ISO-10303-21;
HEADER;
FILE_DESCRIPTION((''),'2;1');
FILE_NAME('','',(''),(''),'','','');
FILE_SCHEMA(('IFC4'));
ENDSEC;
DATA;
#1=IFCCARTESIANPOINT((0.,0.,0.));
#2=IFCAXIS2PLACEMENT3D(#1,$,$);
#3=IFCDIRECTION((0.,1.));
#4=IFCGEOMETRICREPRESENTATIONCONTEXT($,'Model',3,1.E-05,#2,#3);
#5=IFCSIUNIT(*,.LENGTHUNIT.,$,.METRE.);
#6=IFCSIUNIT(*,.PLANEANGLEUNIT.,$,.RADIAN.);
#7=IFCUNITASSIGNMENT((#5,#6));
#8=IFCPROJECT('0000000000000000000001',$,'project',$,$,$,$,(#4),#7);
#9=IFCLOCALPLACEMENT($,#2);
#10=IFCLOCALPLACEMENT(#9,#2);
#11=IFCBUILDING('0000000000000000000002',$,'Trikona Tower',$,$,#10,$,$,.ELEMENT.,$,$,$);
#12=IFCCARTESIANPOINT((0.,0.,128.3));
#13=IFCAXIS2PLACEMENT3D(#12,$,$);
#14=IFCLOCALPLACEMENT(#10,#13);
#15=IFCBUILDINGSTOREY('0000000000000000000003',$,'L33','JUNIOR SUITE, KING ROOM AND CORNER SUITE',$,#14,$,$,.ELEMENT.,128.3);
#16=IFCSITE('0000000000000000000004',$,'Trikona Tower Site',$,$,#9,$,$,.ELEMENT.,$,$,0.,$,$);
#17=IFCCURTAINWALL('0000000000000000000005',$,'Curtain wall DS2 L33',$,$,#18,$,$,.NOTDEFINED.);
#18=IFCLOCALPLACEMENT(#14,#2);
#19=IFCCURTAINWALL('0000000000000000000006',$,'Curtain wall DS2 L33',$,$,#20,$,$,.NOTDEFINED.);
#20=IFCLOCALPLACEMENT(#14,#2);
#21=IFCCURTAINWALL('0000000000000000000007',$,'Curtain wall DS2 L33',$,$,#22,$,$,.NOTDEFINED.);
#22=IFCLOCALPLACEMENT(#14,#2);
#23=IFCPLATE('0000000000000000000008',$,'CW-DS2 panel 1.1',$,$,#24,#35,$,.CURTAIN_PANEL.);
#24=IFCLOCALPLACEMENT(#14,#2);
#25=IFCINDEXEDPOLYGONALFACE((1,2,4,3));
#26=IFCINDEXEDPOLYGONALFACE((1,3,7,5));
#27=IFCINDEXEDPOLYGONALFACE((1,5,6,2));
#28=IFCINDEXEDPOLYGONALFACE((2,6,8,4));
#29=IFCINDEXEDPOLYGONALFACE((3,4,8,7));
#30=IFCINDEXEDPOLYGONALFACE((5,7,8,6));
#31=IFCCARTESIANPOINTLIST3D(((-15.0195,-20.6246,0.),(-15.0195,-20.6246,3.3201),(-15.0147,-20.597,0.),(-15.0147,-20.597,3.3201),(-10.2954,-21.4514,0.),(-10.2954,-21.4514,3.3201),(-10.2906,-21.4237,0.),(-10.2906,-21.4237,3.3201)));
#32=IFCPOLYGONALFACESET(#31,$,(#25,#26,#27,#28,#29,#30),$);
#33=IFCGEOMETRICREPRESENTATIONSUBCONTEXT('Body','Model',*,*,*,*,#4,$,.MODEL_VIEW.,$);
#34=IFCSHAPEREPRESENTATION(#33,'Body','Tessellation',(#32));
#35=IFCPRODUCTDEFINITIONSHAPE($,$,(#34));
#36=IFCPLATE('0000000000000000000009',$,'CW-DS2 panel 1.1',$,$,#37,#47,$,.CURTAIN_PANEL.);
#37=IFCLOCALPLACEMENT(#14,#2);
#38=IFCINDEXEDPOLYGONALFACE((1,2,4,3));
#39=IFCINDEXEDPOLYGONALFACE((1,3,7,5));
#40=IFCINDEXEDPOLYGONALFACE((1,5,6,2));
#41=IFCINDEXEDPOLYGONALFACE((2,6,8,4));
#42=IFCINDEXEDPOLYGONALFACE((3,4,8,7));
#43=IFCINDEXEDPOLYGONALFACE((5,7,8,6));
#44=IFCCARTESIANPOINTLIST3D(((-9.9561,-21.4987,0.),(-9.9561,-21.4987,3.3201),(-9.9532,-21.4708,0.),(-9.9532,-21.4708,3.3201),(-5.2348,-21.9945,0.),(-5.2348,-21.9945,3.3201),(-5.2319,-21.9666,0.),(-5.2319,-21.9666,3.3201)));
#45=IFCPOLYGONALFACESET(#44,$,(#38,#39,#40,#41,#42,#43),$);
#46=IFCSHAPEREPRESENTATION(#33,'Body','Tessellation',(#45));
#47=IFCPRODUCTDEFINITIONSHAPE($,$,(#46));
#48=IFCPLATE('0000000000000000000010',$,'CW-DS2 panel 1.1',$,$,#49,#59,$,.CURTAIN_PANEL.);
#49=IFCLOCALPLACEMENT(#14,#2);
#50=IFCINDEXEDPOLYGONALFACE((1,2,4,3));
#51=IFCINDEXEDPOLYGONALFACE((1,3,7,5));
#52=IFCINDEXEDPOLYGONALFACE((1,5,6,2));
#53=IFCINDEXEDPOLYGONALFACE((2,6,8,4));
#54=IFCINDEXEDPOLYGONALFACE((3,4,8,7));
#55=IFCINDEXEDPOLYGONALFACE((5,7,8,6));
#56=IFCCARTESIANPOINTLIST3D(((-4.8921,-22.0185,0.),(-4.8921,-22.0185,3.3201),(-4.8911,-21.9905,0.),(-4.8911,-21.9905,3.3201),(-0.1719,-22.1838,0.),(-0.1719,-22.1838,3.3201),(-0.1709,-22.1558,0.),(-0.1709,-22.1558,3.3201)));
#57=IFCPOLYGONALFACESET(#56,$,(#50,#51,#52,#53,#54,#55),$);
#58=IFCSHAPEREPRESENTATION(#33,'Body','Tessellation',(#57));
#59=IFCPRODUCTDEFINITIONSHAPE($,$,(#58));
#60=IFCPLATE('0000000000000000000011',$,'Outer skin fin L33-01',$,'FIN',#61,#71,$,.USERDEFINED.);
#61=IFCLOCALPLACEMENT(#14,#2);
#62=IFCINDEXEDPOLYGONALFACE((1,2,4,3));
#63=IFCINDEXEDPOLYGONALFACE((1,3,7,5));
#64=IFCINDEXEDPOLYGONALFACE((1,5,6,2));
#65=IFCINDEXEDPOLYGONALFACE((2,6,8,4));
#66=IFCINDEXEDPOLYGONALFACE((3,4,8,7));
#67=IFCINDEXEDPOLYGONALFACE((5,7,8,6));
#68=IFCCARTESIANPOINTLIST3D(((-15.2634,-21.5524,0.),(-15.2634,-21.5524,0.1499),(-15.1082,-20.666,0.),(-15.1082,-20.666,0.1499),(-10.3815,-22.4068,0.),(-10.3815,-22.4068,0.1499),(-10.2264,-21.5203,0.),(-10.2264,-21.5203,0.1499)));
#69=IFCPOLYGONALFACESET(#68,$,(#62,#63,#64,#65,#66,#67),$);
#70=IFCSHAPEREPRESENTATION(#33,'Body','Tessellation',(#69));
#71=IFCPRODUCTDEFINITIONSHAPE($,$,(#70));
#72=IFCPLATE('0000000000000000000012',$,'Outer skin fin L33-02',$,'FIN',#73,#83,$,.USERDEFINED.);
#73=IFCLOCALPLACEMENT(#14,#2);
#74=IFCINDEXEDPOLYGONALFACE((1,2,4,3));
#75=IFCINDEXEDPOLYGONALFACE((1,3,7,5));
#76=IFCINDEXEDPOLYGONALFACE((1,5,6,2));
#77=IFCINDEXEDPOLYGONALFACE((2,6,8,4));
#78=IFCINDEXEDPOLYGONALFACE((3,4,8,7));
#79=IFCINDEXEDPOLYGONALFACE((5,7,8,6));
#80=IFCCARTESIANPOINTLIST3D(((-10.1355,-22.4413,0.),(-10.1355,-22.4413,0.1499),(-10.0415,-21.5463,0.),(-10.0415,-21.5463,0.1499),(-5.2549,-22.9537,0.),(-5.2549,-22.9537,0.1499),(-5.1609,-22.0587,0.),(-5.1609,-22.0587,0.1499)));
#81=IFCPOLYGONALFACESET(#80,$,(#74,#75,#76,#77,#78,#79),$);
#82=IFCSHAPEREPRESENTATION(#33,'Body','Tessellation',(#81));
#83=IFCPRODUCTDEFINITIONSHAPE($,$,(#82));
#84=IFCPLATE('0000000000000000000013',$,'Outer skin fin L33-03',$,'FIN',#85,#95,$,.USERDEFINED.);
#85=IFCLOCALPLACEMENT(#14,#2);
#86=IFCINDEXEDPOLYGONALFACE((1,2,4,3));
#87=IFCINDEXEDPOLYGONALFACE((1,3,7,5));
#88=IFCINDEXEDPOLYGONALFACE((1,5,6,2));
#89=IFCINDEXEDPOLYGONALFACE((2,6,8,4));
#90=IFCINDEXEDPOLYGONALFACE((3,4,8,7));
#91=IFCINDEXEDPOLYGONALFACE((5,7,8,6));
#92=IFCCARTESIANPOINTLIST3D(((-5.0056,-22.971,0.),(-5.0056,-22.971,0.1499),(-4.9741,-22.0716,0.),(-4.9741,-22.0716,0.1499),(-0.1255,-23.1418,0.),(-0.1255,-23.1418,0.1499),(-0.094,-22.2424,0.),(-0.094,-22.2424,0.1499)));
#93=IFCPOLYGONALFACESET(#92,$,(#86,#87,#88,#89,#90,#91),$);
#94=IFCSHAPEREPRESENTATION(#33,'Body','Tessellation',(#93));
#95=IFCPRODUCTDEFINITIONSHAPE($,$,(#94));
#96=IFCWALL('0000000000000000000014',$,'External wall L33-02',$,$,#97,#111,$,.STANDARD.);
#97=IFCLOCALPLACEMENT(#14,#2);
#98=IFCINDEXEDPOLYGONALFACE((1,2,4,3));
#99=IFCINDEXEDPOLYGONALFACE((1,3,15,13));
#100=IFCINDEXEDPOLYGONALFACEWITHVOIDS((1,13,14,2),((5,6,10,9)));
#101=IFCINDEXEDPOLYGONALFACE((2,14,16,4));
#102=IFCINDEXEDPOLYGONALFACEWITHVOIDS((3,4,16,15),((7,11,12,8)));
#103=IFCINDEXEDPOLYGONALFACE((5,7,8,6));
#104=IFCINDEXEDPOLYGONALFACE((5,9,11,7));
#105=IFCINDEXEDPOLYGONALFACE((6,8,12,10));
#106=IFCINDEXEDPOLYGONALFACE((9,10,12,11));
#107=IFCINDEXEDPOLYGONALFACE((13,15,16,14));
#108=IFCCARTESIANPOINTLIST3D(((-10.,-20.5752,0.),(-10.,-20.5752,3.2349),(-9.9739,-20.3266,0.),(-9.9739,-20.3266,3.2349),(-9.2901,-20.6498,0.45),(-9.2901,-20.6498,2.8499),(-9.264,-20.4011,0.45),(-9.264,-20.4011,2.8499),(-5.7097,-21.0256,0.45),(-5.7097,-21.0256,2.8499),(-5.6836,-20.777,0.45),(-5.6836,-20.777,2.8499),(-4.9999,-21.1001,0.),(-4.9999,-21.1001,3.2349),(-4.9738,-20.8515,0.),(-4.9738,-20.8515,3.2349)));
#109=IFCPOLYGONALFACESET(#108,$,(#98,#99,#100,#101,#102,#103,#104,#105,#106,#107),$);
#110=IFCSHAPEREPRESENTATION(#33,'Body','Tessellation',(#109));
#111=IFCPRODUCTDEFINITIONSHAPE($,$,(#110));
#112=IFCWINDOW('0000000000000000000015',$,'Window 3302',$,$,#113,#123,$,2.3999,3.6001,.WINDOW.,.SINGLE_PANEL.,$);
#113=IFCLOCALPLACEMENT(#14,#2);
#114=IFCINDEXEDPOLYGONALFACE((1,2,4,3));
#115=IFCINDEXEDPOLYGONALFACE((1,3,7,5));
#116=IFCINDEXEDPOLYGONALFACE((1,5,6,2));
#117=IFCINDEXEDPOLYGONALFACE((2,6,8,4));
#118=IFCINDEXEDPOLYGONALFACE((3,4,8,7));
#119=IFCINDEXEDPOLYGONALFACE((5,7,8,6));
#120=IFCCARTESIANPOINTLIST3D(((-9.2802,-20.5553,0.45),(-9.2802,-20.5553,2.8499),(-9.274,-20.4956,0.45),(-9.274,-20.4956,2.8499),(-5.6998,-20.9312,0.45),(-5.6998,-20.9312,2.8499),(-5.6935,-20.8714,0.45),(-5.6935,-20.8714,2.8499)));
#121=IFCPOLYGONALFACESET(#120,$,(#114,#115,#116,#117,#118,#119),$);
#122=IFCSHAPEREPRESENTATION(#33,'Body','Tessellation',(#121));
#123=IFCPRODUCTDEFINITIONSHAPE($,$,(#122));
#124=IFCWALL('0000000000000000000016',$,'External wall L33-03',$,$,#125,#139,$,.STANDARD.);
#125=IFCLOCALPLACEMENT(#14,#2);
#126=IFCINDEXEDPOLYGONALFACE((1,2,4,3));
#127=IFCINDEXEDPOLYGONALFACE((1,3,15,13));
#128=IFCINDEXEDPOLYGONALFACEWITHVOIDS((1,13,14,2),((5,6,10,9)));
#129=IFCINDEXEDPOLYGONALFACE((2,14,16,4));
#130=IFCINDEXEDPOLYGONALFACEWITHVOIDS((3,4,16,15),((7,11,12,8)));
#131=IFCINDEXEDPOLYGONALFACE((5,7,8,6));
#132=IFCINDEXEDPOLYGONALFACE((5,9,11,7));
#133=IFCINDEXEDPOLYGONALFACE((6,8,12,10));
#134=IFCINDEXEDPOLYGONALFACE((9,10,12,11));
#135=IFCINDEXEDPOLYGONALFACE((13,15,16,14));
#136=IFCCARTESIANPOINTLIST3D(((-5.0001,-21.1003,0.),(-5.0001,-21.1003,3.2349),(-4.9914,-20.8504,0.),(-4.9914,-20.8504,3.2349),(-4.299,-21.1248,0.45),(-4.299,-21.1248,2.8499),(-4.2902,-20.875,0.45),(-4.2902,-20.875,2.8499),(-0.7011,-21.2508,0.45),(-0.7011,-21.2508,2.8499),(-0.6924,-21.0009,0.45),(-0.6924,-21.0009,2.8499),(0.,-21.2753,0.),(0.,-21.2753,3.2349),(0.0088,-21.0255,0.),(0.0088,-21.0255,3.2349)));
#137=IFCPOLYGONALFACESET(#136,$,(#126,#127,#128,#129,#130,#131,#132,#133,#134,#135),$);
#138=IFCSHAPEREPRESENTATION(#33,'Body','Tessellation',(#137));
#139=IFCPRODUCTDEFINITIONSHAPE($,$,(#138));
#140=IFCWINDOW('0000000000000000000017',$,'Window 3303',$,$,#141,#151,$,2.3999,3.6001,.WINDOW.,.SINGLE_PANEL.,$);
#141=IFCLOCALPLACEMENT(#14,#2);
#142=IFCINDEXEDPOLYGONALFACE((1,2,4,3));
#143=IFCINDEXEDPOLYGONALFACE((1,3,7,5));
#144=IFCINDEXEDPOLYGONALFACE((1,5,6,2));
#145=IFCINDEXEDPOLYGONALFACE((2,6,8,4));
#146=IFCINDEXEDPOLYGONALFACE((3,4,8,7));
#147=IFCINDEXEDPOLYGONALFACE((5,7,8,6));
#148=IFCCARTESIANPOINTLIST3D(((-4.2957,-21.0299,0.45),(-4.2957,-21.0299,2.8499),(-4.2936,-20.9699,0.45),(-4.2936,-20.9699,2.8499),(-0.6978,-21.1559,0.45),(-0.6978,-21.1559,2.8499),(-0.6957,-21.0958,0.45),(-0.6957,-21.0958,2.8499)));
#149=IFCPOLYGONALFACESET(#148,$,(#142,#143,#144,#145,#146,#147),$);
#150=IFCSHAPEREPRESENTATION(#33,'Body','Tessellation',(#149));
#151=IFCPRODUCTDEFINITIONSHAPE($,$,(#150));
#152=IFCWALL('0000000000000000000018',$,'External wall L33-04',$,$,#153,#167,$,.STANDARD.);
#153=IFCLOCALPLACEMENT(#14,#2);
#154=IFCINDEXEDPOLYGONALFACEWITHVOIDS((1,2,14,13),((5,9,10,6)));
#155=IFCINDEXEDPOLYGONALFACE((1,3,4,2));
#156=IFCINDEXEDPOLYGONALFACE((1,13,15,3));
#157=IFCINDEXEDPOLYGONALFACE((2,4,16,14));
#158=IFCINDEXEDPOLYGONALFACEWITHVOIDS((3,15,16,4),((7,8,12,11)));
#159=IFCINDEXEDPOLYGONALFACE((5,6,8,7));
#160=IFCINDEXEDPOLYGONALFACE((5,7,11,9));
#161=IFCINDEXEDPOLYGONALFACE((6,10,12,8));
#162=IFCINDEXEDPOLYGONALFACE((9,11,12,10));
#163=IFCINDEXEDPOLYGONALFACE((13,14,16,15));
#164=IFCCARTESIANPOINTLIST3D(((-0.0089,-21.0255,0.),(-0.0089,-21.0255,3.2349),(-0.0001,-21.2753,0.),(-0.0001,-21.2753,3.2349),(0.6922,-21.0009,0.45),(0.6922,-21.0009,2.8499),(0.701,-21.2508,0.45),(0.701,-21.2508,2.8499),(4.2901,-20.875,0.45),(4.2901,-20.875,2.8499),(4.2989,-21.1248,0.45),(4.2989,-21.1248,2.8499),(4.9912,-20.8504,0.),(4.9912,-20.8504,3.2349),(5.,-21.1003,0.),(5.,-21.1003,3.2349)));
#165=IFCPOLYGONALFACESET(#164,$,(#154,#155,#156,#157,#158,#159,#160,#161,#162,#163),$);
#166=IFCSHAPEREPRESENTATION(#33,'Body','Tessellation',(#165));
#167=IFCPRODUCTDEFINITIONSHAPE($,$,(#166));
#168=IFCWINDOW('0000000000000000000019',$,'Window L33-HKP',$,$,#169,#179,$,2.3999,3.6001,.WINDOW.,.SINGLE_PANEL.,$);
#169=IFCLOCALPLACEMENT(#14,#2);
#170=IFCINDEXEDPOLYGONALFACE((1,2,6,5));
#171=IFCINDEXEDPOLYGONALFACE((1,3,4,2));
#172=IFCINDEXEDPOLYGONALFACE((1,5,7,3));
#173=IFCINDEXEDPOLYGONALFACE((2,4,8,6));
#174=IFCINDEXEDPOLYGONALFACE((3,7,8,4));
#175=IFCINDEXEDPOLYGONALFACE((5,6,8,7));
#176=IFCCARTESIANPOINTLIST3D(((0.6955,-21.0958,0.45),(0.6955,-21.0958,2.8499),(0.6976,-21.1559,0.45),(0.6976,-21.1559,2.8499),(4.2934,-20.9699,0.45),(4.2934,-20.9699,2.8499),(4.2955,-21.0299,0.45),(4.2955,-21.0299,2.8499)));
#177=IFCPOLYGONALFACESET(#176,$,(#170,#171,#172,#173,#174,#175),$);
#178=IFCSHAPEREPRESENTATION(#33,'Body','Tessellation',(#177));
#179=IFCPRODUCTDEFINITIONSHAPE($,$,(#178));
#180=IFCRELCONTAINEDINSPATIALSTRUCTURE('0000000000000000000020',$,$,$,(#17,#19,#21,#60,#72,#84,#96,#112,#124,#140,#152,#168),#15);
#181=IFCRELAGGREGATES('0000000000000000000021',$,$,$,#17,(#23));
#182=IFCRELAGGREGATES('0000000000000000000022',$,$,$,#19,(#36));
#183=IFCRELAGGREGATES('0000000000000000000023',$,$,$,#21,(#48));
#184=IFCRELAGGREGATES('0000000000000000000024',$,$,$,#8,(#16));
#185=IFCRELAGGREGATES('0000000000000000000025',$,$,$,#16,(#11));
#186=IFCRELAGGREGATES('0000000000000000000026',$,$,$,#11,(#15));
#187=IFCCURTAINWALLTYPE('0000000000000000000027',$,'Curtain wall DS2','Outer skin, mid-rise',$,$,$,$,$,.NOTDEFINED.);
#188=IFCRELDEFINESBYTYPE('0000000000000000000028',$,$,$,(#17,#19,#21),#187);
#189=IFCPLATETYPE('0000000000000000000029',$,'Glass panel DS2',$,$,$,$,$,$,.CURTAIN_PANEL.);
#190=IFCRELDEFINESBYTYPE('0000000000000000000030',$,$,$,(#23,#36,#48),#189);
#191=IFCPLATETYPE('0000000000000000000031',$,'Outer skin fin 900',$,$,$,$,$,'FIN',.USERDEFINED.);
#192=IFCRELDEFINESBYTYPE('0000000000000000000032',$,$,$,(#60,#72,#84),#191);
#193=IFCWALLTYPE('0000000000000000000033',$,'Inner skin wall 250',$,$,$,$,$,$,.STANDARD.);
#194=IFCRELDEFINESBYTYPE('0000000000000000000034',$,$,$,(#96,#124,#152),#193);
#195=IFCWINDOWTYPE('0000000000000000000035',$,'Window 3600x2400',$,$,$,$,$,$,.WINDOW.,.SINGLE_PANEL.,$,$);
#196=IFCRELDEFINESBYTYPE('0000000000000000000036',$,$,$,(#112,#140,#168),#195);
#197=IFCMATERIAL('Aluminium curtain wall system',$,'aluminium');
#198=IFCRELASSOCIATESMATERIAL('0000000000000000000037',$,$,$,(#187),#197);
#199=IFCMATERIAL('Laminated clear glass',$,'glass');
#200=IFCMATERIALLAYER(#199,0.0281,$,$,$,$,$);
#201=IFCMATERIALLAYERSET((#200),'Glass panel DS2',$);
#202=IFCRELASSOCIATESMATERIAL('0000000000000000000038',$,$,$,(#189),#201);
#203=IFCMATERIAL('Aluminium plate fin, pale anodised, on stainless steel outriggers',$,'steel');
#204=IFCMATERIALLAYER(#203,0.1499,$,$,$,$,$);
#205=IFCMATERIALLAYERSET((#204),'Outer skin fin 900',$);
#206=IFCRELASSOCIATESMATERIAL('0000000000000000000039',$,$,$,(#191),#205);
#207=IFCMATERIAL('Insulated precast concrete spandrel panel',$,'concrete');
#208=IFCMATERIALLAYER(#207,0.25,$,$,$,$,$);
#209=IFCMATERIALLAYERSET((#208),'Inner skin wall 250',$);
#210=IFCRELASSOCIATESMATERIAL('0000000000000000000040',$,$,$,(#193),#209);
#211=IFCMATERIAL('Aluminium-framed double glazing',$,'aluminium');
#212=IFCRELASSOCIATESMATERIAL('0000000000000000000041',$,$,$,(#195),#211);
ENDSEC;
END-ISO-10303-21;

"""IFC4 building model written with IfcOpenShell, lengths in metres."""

from ifc_helpers import new_model, si_unit, direction, frame, frame_2d, origin, origin_2d, place, context, subcontext, project, spatial, rectangle, extrude, material, layer, layer_set, type_object, element, fill, aggregate, save


model = new_model("IFC4")

# Units and contexts
model_context = context("Model", 3, precision=1e-05, world=origin(), true_north=direction((0.0, 1.0)))
body_context = subcontext(model_context, "Body", "Model", "MODEL_VIEW")
ifc_project = project(units=[si_unit("LENGTHUNIT", "METRE"), si_unit("PLANEANGLEUNIT", "RADIAN")], contexts=[model_context])

# Site, building, storey
site_placement = place(None, origin())
site = spatial("IfcSite", under=ifc_project, at=site_placement, Name="Trikona Tower Site", CompositionType="ELEMENT", RefElevation=0.0)
building_placement = place(site_placement, origin())
building = spatial("IfcBuilding", under=site, at=building_placement, Name="Trikona Tower", CompositionType="ELEMENT")
storey_placement = place(building_placement, frame((0.0, 0.0, 128.3)))
storey = spatial("IfcBuildingStorey", under=building, at=storey_placement, Name="L33", Description="JUNIOR SUITE, KING ROOM AND CORNER SUITE", CompositionType="ELEMENT", Elevation=128.3)

# Curtain wall
ifc_material_1 = material(Name="Aluminium curtain wall system", Category="aluminium")
curtain_wall_type = type_object("IfcCurtainWallType", Name="Curtain wall DS2", Description="Outer skin, mid-rise", PredefinedType="NOTDEFINED", material=ifc_material_1)
curtain_wall_1_placement = place(storey_placement, origin())
curtain_wall_1 = element("IfcCurtainWall", 1, at=curtain_wall_1_placement, inside=storey, type_object=curtain_wall_type, Name="Curtain wall DS2 L33", PredefinedType="NOTDEFINED")

# Curtain walls
curtain_wall_2_placement = place(storey_placement, origin())
curtain_wall_2 = element("IfcCurtainWall", 2, at=curtain_wall_2_placement, inside=storey, type_object=curtain_wall_type, Name="Curtain wall DS2 L33", PredefinedType="NOTDEFINED")
curtain_wall_3_placement = place(storey_placement, origin())
curtain_wall_3 = element("IfcCurtainWall", 3, at=curtain_wall_3_placement, inside=storey, type_object=curtain_wall_type, Name="Curtain wall DS2 L33", PredefinedType="NOTDEFINED")

# Plates
ifc_material_2 = material(Name="Laminated clear glass", Category="glass")
ifc_layer_1 = layer(ifc_material_2, 0.0281)
ifc_layer_set_1 = layer_set([ifc_layer_1], Name="Glass panel DS2")
plate_type_1 = type_object("IfcPlateType", Name="Glass panel DS2", PredefinedType="CURTAIN_PANEL", material=ifc_layer_set_1)
plate_1_placement = place(storey_placement, frame((-12.655, -21.0242, 0.0), z_axis=(0.0, 0.0, 1.0), x_axis=(0.985031, -0.172377, 0.0)))
plate_1 = element("IfcPlate", 4, at=plate_1_placement, type_object=plate_type_1, Name="CW-DS2 panel 1.1", PredefinedType="CURTAIN_PANEL", context=body_context, shape_type="SweptSolid", body=[
    extrude(rectangle(XDim=4.7959, YDim=0.0281, at=origin_2d()), origin(), (0.0, 0.0, 1.0), 3.3201),
])
aggregate(curtain_wall_1, [plate_1])
plate_2_placement = place(storey_placement, frame((-7.594, -21.7327, 0.0), z_axis=(0.0, 0.0, 1.0), x_axis=(0.994532, -0.104433, 0.0)))
plate_2 = element("IfcPlate", 5, at=plate_2_placement, type_object=plate_type_1, Name="CW-DS2 panel 1.1", PredefinedType="CURTAIN_PANEL", context=body_context, shape_type="SweptSolid", body=[
    extrude(rectangle(XDim=4.7473, YDim=0.0281, at=origin_2d()), origin(), (0.0, 0.0, 1.0), 3.3201),
])
aggregate(curtain_wall_2, [plate_2])
plate_3_placement = place(storey_placement, frame((-2.5315, -22.0872, 0.0), z_axis=(0.0, 0.0, 1.0), x_axis=(0.999387, -0.034998, 0.0)))
plate_3 = element("IfcPlate", 6, at=plate_3_placement, type_object=plate_type_1, Name="CW-DS2 panel 1.1", PredefinedType="CURTAIN_PANEL", context=body_context, shape_type="SweptSolid", body=[
    extrude(rectangle(XDim=4.7231, YDim=0.0281, at=origin_2d()), origin(), (0.0, 0.0, 1.0), 3.3201),
])
aggregate(curtain_wall_3, [plate_3])

# Plates
ifc_material_3 = material(Name="Aluminium plate fin, pale anodised, on stainless steel outriggers", Category="steel")
ifc_layer_2 = layer(ifc_material_3, 0.1499)
ifc_layer_set_2 = layer_set([ifc_layer_2], Name="Outer skin fin 900")
plate_type_2 = type_object("IfcPlateType", Name="Outer skin fin 900", ElementType="FIN", PredefinedType="USERDEFINED", material=ifc_layer_set_2)
plate_4_placement = place(storey_placement, frame((-12.7449, -21.5364, 0.0), z_axis=(0.0, 0.0, 1.0), x_axis=(0.985031, -0.17238, 0.0)))
element("IfcPlate", 7, at=plate_4_placement, inside=storey, type_object=plate_type_2, Name="Outer skin fin L33-01", ObjectType="FIN", PredefinedType="USERDEFINED", context=body_context, shape_type="SweptSolid", body=[
    extrude(rectangle(XDim=4.9561, YDim=0.8999, at=origin_2d()), origin(), (0.0, 0.0, 1.0), 0.1499),
])
plate_5_placement = place(storey_placement, frame((-7.6482, -22.25, 0.0), z_axis=(0.0, 0.0, 1.0), x_axis=(0.994533, -0.104426, 0.0)))
element("IfcPlate", 8, at=plate_5_placement, inside=storey, type_object=plate_type_2, Name="Outer skin fin L33-02", ObjectType="FIN", PredefinedType="USERDEFINED", context=body_context, shape_type="SweptSolid", body=[
    extrude(rectangle(XDim=4.9075, YDim=0.8999, at=origin_2d()), origin(), (0.0, 0.0, 1.0), 0.1499),
])
plate_6_placement = place(storey_placement, frame((-2.5498, -22.6067, 0.0), z_axis=(0.0, 0.0, 1.0), x_axis=(0.999388, -0.034978, 0.0)))
element("IfcPlate", 9, at=plate_6_placement, inside=storey, type_object=plate_type_2, Name="Outer skin fin L33-03", ObjectType="FIN", PredefinedType="USERDEFINED", context=body_context, shape_type="SweptSolid", body=[
    extrude(rectangle(XDim=4.8831, YDim=0.8999, at=origin_2d()), origin(), (0.0, 0.0, 1.0), 0.1499),
])

# Walls, openings, windows
ifc_material_4 = material(Name="Insulated precast concrete spandrel panel", Category="concrete")
ifc_layer_3 = layer(ifc_material_4, 0.25)
ifc_layer_set_3 = layer_set([ifc_layer_3], Name="Inner skin wall 250")
wall_type = type_object("IfcWallType", Name="Inner skin wall 250", PredefinedType="STANDARD", material=ifc_layer_set_3)
wall_1_placement = place(storey_placement, frame((-9.9868, -20.4509, 0.0), z_axis=(0.0, 0.0, 1.0), x_axis=(0.994535, -0.104407, 0.0)))
wall_1 = element("IfcWall", 10, at=wall_1_placement, inside=storey, type_object=wall_type, Name="External wall L33-02", PredefinedType="STANDARD", context=body_context, shape_type="SweptSolid", body=[
    extrude(rectangle(XDim=5.0276, YDim=0.25, at=frame_2d((2.5137, 0.0))), origin(), (0.0, 0.0, 1.0), 3.2349),
])
opening_1_placement = place(wall_1_placement, frame((0.7136, 0.0, 0.45)))
opening_1 = element("IfcOpeningElement", 11, at=opening_1_placement, cuts=wall_1, PredefinedType="OPENING", context=body_context, shape_type="SweptSolid", body=[
    extrude(rectangle(XDim=3.6001, YDim=2.3999, at=frame_2d((1.8, 1.2))), frame((0.0, 0.135, 0.0), z_axis=(0.0, -1.0, 0.0), x_axis=(1.0, 0.0, 0.0)), (0.0, 0.0, 1.0), 0.27),
])
ifc_material_5 = material(Name="Aluminium-framed double glazing", Category="aluminium")
window_type = type_object("IfcWindowType", Name="Window 3600x2400", PartitioningType="SINGLE_PANEL", PredefinedType="WINDOW", material=ifc_material_5)
window_1_placement = place(opening_1_placement, origin())
window_1 = element("IfcWindow", 12, at=window_1_placement, inside=storey, type_object=window_type, Name="Window 3302", OverallHeight=2.3999, OverallWidth=3.6001, PartitioningType="SINGLE_PANEL", PredefinedType="WINDOW", context=body_context, shape_type="SweptSolid", body=[
    extrude(rectangle(XDim=3.6001, YDim=2.3999, at=frame_2d((1.8, 1.2))), frame((0.0, 0.03, 0.0), z_axis=(0.0, -1.0, 0.0), x_axis=(1.0, 0.0, 0.0)), (0.0, 0.0, 1.0), 0.0601),
])
fill(opening_1, window_1)
wall_2_placement = place(storey_placement, frame((-4.9956, -20.9753, 0.0), z_axis=(0.0, 0.0, 1.0), x_axis=(0.999388, -0.034988, 0.0)))
wall_2 = element("IfcWall", 13, at=wall_2_placement, inside=storey, type_object=wall_type, Name="External wall L33-03", PredefinedType="STANDARD", context=body_context, shape_type="SweptSolid", body=[
    extrude(rectangle(XDim=5.0032, YDim=0.25, at=frame_2d((2.5015, 0.0))), origin(), (0.0, 0.0, 1.0), 3.2349),
])
opening_2_placement = place(wall_2_placement, frame((0.7014, 0.0, 0.45)))
opening_2 = element("IfcOpeningElement", 14, at=opening_2_placement, cuts=wall_2, PredefinedType="OPENING", context=body_context, shape_type="SweptSolid", body=[
    extrude(rectangle(XDim=3.6001, YDim=2.3999, at=frame_2d((1.8, 1.2))), frame((0.0, 0.135, 0.0), z_axis=(0.0, -1.0, 0.0), x_axis=(1.0, 0.0, 0.0)), (0.0, 0.0, 1.0), 0.27),
])
window_2_placement = place(opening_2_placement, origin())
window_2 = element("IfcWindow", 15, at=window_2_placement, inside=storey, type_object=window_type, Name="Window 3303", OverallHeight=2.3999, OverallWidth=3.6001, PartitioningType="SINGLE_PANEL", PredefinedType="WINDOW", context=body_context, shape_type="SweptSolid", body=[
    extrude(rectangle(XDim=3.6001, YDim=2.3999, at=frame_2d((1.8, 1.2))), frame((0.0, 0.03, 0.0), z_axis=(0.0, -1.0, 0.0), x_axis=(1.0, 0.0, 0.0)), (0.0, 0.0, 1.0), 0.0601),
])
fill(opening_2, window_2)
wall_3_placement = place(storey_placement, frame((-0.0044, -21.1504, 0.0), z_axis=(0.0, 0.0, 1.0), x_axis=(0.999388, 0.034988, 0.0)))
wall_3 = element("IfcWall", 16, at=wall_3_placement, inside=storey, type_object=wall_type, Name="External wall L33-04", PredefinedType="STANDARD", context=body_context, shape_type="SweptSolid", body=[
    extrude(rectangle(XDim=5.0032, YDim=0.25, at=frame_2d((2.5015, 0.0))), origin(), (0.0, 0.0, 1.0), 3.2349),
])
opening_3_placement = place(wall_3_placement, frame((0.7014, 0.0, 0.45)))
opening_3 = element("IfcOpeningElement", 17, at=opening_3_placement, cuts=wall_3, PredefinedType="OPENING", context=body_context, shape_type="SweptSolid", body=[
    extrude(rectangle(XDim=3.6001, YDim=2.3999, at=frame_2d((1.8, 1.2))), frame((0.0, 0.135, 0.0), z_axis=(0.0, -1.0, 0.0), x_axis=(1.0, 0.0, 0.0)), (0.0, 0.0, 1.0), 0.27),
])
window_3_placement = place(opening_3_placement, origin())
window_3 = element("IfcWindow", 18, at=window_3_placement, inside=storey, type_object=window_type, Name="Window L33-HKP", OverallHeight=2.3999, OverallWidth=3.6001, PartitioningType="SINGLE_PANEL", PredefinedType="WINDOW", context=body_context, shape_type="SweptSolid", body=[
    extrude(rectangle(XDim=3.6001, YDim=2.3999, at=frame_2d((1.8, 1.2))), frame((0.0, 0.03, 0.0), z_axis=(0.0, -1.0, 0.0), x_axis=(1.0, 0.0, 0.0)), (0.0, 0.0, 1.0), 0.0601),
])
fill(opening_3, window_3)

save(model, "model.ifc")
